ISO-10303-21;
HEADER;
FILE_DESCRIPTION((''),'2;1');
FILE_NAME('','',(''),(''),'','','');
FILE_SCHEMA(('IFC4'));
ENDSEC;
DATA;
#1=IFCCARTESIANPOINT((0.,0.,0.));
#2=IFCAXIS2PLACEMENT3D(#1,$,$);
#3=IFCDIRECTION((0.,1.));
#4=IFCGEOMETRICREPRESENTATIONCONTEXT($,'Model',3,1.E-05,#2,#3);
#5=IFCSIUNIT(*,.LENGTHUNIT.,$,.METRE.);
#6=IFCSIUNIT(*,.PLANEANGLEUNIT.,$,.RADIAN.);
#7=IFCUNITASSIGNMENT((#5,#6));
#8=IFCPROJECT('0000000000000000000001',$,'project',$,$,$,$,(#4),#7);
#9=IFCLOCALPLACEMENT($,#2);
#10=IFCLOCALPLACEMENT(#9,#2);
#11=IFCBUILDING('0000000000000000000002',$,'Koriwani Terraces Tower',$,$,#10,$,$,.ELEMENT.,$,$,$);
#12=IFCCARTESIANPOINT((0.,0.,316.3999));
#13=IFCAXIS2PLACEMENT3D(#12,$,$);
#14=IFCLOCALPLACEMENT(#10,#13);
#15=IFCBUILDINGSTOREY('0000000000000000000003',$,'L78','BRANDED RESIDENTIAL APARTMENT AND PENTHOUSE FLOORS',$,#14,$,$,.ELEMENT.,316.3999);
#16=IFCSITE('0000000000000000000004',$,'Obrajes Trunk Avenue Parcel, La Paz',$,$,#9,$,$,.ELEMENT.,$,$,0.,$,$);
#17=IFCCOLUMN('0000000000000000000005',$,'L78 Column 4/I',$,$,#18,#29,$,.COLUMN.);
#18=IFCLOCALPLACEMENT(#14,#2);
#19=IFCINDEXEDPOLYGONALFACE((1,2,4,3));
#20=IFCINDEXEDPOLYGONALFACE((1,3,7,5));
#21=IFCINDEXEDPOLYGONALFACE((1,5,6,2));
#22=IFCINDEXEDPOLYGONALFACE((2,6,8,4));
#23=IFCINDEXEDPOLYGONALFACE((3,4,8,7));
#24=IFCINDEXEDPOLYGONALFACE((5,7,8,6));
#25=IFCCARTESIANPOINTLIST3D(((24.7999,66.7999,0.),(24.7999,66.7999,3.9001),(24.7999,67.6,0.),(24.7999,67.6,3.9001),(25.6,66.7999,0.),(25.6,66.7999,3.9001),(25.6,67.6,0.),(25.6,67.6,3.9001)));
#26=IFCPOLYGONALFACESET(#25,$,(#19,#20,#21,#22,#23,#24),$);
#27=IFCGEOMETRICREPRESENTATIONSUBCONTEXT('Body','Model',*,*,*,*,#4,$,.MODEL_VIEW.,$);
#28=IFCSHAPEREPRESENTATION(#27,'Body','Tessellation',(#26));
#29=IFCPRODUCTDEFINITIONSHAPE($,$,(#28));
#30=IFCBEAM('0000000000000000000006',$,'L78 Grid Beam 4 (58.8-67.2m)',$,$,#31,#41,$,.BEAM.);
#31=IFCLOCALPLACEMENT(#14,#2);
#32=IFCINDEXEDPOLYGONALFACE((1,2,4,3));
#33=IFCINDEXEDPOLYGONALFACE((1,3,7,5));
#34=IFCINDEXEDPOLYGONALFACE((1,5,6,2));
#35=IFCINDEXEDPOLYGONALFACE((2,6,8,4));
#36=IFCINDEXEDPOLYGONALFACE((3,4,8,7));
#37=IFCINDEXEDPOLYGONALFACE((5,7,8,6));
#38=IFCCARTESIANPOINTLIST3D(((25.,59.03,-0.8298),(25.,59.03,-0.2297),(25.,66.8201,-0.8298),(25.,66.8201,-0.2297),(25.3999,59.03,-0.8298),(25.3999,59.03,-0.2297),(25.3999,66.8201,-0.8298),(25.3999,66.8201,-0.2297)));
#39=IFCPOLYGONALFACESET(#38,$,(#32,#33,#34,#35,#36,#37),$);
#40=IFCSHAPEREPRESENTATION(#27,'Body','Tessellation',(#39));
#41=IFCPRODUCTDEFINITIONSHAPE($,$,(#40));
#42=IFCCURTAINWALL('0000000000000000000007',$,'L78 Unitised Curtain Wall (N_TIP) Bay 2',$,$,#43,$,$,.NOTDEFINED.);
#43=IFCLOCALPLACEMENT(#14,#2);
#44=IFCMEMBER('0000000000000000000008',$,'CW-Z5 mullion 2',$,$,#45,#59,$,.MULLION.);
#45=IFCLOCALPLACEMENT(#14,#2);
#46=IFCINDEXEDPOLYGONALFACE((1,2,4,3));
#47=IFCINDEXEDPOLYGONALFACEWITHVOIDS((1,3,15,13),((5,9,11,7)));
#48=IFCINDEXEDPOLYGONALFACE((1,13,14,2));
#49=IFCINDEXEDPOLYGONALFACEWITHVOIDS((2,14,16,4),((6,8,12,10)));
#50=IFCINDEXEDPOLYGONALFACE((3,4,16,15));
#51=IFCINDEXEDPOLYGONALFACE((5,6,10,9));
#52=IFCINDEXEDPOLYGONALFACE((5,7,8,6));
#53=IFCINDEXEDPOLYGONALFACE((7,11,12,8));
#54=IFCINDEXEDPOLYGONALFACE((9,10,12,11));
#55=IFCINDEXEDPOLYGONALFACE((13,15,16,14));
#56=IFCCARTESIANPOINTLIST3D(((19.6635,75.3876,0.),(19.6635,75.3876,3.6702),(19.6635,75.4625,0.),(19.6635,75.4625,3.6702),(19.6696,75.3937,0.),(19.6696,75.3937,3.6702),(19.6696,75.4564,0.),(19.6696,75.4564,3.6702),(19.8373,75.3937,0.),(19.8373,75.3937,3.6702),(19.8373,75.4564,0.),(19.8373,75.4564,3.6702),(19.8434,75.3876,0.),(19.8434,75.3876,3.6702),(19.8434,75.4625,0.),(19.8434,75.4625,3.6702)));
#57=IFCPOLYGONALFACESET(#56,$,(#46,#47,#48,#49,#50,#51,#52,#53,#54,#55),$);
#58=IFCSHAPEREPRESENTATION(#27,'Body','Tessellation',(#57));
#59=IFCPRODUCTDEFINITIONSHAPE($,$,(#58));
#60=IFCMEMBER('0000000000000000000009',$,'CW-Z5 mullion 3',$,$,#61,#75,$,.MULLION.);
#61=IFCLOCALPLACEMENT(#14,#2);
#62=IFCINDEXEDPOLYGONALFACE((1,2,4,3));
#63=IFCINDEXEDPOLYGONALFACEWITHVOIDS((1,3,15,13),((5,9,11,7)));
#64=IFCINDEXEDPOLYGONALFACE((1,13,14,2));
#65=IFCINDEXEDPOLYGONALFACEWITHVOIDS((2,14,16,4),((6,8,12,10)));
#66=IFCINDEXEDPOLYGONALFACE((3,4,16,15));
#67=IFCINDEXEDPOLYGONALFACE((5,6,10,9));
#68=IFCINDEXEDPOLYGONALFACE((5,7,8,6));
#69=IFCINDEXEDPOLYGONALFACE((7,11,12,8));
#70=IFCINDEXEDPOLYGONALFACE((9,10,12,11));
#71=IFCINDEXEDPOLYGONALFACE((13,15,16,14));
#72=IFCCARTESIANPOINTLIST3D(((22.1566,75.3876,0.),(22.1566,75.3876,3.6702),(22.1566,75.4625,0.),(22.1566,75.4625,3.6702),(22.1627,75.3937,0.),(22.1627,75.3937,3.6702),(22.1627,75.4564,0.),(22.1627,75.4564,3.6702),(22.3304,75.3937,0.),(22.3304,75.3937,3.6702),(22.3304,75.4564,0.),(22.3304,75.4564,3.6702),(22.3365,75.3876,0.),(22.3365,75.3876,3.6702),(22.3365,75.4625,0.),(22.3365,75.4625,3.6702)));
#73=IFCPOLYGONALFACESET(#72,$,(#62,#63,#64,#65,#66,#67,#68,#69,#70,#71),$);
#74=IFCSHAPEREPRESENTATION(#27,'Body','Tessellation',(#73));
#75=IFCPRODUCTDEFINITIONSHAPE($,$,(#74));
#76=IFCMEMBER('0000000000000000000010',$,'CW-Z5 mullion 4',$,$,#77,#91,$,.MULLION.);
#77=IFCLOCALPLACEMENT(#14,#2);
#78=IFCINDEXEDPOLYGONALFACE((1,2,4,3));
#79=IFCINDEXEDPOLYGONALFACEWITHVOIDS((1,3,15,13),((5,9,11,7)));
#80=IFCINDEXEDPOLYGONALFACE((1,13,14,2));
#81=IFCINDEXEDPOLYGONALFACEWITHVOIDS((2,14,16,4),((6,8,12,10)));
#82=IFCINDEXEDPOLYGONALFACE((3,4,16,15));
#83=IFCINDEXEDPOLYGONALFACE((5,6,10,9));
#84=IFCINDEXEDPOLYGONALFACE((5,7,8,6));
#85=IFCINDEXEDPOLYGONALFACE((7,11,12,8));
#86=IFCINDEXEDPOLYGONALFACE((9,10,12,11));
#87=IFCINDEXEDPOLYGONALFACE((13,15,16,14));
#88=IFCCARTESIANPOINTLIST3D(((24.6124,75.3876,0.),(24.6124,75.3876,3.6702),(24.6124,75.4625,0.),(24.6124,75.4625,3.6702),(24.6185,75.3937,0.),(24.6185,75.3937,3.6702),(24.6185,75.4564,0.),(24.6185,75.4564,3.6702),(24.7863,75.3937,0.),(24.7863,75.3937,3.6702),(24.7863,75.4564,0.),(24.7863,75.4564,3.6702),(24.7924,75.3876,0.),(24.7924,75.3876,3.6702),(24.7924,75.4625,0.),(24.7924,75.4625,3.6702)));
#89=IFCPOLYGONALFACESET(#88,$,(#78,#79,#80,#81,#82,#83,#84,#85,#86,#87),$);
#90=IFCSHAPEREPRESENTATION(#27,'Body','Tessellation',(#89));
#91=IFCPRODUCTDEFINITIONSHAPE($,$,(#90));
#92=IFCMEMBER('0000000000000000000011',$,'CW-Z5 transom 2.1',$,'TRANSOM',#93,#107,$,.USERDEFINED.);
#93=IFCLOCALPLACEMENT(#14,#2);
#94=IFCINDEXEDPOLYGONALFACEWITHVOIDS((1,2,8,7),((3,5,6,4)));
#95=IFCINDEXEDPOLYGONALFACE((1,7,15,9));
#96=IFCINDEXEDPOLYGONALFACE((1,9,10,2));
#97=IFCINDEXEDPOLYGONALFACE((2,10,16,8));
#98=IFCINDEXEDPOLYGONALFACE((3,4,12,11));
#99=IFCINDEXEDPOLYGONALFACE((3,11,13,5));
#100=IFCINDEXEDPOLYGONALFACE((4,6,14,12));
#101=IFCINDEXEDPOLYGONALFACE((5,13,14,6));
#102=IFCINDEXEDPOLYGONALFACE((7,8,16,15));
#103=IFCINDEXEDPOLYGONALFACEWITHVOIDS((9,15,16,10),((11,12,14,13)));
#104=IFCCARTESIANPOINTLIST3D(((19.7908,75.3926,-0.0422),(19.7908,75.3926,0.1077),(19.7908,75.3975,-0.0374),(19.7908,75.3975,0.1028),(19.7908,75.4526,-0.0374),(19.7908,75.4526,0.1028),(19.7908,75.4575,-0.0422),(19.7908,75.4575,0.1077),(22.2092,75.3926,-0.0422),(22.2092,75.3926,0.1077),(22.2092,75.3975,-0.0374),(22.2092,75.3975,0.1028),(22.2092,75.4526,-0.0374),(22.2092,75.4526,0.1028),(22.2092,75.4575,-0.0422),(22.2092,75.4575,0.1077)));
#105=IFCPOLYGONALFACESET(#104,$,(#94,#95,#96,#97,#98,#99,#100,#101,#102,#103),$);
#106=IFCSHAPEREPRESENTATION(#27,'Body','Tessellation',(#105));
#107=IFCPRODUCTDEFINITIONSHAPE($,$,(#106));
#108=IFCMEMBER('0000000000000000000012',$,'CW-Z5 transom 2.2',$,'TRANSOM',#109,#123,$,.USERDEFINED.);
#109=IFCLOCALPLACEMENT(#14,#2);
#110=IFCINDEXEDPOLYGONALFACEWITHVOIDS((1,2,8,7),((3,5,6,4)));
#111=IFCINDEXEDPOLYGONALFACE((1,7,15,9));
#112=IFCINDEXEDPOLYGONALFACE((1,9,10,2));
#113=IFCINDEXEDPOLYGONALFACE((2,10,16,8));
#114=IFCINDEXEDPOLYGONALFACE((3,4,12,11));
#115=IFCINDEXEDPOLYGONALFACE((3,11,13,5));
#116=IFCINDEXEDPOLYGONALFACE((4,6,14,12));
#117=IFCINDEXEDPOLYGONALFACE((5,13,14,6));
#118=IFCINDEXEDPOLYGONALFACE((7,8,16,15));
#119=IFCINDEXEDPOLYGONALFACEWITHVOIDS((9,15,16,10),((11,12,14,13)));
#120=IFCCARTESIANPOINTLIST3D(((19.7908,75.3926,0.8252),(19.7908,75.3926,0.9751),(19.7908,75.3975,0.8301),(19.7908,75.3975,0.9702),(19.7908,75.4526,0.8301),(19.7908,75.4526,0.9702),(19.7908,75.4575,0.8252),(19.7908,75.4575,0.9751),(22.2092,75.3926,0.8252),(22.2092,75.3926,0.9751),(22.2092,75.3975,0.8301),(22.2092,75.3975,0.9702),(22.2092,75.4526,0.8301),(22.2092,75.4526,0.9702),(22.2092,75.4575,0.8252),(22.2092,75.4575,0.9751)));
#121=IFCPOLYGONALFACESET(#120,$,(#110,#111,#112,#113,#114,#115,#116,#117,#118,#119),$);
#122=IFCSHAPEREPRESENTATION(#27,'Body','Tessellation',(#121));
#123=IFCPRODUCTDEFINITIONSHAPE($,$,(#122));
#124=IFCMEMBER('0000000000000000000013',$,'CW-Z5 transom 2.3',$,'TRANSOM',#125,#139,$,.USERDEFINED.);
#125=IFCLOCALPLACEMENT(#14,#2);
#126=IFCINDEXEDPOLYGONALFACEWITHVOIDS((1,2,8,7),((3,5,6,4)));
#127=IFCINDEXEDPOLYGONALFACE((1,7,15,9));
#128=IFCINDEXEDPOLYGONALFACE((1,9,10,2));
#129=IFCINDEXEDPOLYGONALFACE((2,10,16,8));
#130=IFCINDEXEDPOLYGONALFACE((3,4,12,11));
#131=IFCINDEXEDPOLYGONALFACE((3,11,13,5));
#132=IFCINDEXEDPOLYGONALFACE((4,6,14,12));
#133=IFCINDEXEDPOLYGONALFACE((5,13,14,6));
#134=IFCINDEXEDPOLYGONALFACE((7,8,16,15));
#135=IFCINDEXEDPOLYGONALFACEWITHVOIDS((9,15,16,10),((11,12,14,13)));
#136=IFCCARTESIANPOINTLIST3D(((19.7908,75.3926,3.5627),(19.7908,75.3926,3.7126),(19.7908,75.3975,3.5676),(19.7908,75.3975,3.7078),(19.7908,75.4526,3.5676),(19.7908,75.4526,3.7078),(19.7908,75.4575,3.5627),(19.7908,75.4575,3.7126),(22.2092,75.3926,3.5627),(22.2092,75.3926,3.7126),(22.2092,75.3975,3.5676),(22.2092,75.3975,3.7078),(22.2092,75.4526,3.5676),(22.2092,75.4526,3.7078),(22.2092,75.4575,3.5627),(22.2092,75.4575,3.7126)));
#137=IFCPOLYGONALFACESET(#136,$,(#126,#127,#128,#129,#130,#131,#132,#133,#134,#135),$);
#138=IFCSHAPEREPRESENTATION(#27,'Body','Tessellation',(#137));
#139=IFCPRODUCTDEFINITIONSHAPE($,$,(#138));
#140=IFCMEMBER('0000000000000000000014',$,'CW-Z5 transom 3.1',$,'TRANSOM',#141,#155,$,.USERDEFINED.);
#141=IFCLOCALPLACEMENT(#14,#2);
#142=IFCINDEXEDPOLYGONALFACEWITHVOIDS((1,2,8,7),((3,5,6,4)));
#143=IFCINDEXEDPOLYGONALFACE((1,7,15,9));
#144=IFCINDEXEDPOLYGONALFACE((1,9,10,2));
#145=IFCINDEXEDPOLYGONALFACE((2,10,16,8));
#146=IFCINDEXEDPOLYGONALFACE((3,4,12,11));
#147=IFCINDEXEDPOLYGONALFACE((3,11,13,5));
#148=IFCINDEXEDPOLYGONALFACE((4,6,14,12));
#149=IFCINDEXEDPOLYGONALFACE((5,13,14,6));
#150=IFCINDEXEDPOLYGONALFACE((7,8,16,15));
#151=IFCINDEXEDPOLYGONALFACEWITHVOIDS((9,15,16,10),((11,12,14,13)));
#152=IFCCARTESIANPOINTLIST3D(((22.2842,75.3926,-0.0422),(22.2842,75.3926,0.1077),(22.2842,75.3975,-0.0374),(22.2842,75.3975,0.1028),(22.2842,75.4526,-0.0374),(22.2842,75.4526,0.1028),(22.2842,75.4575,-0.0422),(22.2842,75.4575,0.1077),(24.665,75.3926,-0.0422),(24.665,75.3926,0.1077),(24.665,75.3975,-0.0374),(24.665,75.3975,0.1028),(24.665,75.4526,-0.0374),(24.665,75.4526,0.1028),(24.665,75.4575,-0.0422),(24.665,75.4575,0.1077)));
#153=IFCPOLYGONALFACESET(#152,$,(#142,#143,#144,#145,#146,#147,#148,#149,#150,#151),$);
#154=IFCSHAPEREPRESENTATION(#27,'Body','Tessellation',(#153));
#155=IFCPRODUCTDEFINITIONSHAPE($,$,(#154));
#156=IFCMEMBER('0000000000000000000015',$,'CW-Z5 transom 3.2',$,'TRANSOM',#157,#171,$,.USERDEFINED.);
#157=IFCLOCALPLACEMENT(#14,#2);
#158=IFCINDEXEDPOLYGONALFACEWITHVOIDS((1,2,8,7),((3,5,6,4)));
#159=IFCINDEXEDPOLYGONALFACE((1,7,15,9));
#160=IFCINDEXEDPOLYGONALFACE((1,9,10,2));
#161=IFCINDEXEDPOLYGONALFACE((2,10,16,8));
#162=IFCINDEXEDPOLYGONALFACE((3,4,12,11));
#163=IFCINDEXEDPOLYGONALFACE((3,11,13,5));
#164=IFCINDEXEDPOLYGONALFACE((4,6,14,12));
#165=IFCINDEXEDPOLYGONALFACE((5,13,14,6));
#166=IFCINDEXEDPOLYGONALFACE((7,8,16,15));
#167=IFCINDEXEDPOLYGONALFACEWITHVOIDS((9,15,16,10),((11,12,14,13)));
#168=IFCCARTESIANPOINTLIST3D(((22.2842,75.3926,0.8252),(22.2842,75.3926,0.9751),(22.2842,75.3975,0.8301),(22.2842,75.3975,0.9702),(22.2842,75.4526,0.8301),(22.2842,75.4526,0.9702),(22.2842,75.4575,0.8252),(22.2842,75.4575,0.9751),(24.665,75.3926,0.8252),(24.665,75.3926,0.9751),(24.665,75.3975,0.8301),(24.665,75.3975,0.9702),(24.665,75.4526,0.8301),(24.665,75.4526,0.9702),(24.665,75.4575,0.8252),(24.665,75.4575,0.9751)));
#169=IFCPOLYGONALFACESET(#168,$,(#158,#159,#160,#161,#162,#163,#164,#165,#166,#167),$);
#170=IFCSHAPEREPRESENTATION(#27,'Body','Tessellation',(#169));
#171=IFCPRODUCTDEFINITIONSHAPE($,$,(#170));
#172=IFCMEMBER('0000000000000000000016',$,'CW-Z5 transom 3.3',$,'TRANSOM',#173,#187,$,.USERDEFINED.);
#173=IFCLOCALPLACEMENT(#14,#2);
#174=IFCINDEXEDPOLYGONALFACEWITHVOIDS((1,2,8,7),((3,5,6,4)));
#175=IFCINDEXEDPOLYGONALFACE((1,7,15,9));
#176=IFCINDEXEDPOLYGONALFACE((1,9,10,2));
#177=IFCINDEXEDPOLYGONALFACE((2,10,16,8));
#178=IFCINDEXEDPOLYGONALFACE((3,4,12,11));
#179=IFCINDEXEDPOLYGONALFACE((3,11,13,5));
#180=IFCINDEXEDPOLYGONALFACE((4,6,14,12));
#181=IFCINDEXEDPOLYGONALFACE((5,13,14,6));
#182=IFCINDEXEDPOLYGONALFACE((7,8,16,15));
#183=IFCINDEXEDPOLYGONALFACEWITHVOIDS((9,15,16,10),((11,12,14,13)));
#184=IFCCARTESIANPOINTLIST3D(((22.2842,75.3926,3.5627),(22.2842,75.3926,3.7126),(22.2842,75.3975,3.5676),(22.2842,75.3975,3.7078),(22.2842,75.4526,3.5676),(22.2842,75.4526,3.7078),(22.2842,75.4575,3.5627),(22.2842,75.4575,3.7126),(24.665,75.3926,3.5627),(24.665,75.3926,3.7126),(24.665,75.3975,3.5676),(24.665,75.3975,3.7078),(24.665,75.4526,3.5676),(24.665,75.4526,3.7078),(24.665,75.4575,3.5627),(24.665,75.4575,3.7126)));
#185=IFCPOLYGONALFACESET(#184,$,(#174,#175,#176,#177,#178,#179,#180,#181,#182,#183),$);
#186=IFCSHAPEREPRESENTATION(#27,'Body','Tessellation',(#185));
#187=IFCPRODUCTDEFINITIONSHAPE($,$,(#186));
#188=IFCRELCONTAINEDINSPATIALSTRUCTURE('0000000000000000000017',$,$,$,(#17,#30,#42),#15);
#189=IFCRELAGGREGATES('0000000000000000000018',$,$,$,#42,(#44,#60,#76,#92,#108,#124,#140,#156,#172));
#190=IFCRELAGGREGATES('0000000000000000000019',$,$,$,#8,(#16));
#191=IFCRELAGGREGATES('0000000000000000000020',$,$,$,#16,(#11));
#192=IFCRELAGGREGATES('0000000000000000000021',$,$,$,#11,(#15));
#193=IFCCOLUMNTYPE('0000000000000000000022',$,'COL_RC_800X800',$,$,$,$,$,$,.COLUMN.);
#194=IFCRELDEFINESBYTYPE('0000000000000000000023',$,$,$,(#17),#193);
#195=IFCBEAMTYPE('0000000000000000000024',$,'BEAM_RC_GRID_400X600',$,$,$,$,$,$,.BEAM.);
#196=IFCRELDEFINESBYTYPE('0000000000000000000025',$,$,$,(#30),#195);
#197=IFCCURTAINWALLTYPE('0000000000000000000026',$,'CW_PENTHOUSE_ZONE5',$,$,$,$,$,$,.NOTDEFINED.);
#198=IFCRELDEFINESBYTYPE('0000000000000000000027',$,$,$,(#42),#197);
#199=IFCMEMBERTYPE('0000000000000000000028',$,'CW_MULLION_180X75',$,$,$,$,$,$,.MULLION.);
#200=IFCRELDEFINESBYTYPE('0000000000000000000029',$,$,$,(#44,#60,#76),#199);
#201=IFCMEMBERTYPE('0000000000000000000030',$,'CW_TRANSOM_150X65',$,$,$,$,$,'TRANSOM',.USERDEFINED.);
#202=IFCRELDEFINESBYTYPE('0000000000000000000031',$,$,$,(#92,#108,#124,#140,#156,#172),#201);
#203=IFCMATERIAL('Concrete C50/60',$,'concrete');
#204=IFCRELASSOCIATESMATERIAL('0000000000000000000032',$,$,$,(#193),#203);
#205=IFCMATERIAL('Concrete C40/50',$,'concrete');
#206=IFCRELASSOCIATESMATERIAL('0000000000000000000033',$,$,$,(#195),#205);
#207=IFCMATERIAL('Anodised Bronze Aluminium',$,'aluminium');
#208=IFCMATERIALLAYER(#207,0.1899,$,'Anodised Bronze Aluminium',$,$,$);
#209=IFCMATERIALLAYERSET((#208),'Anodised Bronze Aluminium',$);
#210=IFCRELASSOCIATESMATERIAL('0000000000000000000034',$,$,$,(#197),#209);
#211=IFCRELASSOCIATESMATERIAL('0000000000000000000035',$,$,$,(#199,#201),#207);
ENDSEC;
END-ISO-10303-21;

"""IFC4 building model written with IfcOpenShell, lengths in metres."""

from ifc_helpers import new_model, si_unit, direction, frame, origin, origin_2d, place, context, subcontext, project, spatial, rectangle, hollow_rectangle, extrude, material, layer, layer_set, material_profile, profile_set, type_object, element, aggregate, save


model = new_model("IFC4")

# Units and contexts
model_context = context("Model", 3, precision=1e-05, world=origin(), true_north=direction((0.0, 1.0)))
body_context = subcontext(model_context, "Body", "Model", "MODEL_VIEW")
ifc_project = project(units=[si_unit("LENGTHUNIT", "METRE"), si_unit("PLANEANGLEUNIT", "RADIAN")], contexts=[model_context])

# Site, building, storey
site_placement = place(None, origin())
site = spatial("IfcSite", under=ifc_project, at=site_placement, Name="Obrajes Trunk Avenue Parcel, La Paz", CompositionType="ELEMENT", RefElevation=0.0)
building_placement = place(site_placement, origin())
building = spatial("IfcBuilding", under=site, at=building_placement, Name="Koriwani Terraces Tower", CompositionType="ELEMENT")
storey_placement = place(building_placement, frame((0.0, 0.0, 316.3999)))
storey = spatial("IfcBuildingStorey", under=building, at=storey_placement, Name="L78", Description="BRANDED RESIDENTIAL APARTMENT AND PENTHOUSE FLOORS", CompositionType="ELEMENT", Elevation=316.3999)

# Column
ifc_material_1 = material(Name="Concrete C50/60", Category="concrete")
ifc_material_profile_1 = material_profile(ifc_material_1, rectangle(XDim=0.8, YDim=0.8, at=origin_2d()), Name="Concrete C50/60", Category="LoadBearing")
ifc_profile_set_1 = profile_set([ifc_material_profile_1], Name="Concrete C50/60")
column_type = type_object("IfcColumnType", Name="COL_RC_800X800", PredefinedType="COLUMN", material=ifc_profile_set_1)
column_placement = place(storey_placement, frame((25.2, 67.2, 0.0), z_axis=(0.0, 0.0, 1.0), x_axis=(1.0, 0.0, 0.0)))
element("IfcColumn", 1, at=column_placement, inside=storey, type_object=column_type, Name="L78 Column 4/I", PredefinedType="COLUMN", context=body_context, shape_type="SweptSolid", body=[
    extrude(rectangle(XDim=0.8, YDim=0.8, at=origin_2d()), origin(), (0.0, 0.0, 1.0), 3.9001),
])

# Beam
ifc_material_2 = material(Name="Concrete C40/50", Category="concrete")
ifc_material_profile_2 = material_profile(ifc_material_2, rectangle(XDim=0.3999, YDim=0.6001, at=origin_2d()), Name="Concrete C40/50", Category="LoadBearing")
ifc_profile_set_2 = profile_set([ifc_material_profile_2], Name="Concrete C40/50")
beam_type = type_object("IfcBeamType", Name="BEAM_RC_GRID_400X600", PredefinedType="BEAM", material=ifc_profile_set_2)
beam_placement = place(storey_placement, frame((25.2, 59.03, -0.5298), z_axis=(0.0, 1.0, 0.0), x_axis=(-1.0, 0.0, 0.0)))
element("IfcBeam", 2, at=beam_placement, inside=storey, type_object=beam_type, Name="L78 Grid Beam 4 (58.8-67.2m)", PredefinedType="BEAM", context=body_context, shape_type="SweptSolid", body=[
    extrude(rectangle(XDim=0.3999, YDim=0.6001, at=origin_2d()), origin(), (0.0, 0.0, 1.0), 7.79),
])

# Curtain wall, members
ifc_material_3 = material(Name="Anodised Bronze Aluminium", Category="aluminium")
ifc_layer_1 = layer(ifc_material_3, 0.1899, Name="Anodised Bronze Aluminium")
ifc_layer_set_1 = layer_set([ifc_layer_1], Name="Anodised Bronze Aluminium")
curtain_wall_type = type_object("IfcCurtainWallType", Name="CW_PENTHOUSE_ZONE5", PredefinedType="NOTDEFINED", material=ifc_layer_set_1)
curtain_wall_placement = place(storey_placement, origin())
curtain_wall = element("IfcCurtainWall", 3, at=curtain_wall_placement, inside=storey, type_object=curtain_wall_type, Name="L78 Unitised Curtain Wall (N_TIP) Bay 2", PredefinedType="NOTDEFINED")
ifc_material_profile_3 = material_profile(ifc_material_3, hollow_rectangle(XDim=0.075, YDim=0.1799, WallThickness=0.0061, at=origin_2d()), Name="Anodised Bronze Aluminium", Category="LoadBearing")
ifc_profile_set_3 = profile_set([ifc_material_profile_3], Name="Anodised Bronze Aluminium")
member_type_1 = type_object("IfcMemberType", Name="CW_MULLION_180X75", PredefinedType="MULLION", material=ifc_profile_set_3)
member_1_placement = place(storey_placement, frame((19.7534, 75.425, 0.0), z_axis=(0.0, 0.0, 1.0), x_axis=(0.0, 1.0, 0.0)))
member_1 = element("IfcMember", 4, at=member_1_placement, type_object=member_type_1, Name="CW-Z5 mullion 2", PredefinedType="MULLION", context=body_context, shape_type="SweptSolid", body=[
    extrude(hollow_rectangle(XDim=0.075, YDim=0.1799, WallThickness=0.0061, at=origin_2d()), origin(), (0.0, 0.0, 1.0), 3.6702),
])
member_2_placement = place(storey_placement, frame((22.2466, 75.425, 0.0), z_axis=(0.0, 0.0, 1.0), x_axis=(0.0, 1.0, 0.0)))
member_2 = element("IfcMember", 5, at=member_2_placement, type_object=member_type_1, Name="CW-Z5 mullion 3", PredefinedType="MULLION", context=body_context, shape_type="SweptSolid", body=[
    extrude(hollow_rectangle(XDim=0.075, YDim=0.1799, WallThickness=0.0061, at=origin_2d()), origin(), (0.0, 0.0, 1.0), 3.6702),
])
member_3_placement = place(storey_placement, frame((24.7024, 75.425, 0.0), z_axis=(0.0, 0.0, 1.0), x_axis=(0.0, 1.0, 0.0)))
member_3 = element("IfcMember", 6, at=member_3_placement, type_object=member_type_1, Name="CW-Z5 mullion 4", PredefinedType="MULLION", context=body_context, shape_type="SweptSolid", body=[
    extrude(hollow_rectangle(XDim=0.075, YDim=0.1799, WallThickness=0.0061, at=origin_2d()), origin(), (0.0, 0.0, 1.0), 3.6702),
])
ifc_material_profile_4 = material_profile(ifc_material_3, hollow_rectangle(XDim=0.0649, YDim=0.1499, WallThickness=0.0049, at=origin_2d()), Name="Anodised Bronze Aluminium", Category="LoadBearing")
ifc_profile_set_4 = profile_set([ifc_material_profile_4], Name="Anodised Bronze Aluminium")
member_type_2 = type_object("IfcMemberType", Name="CW_TRANSOM_150X65", ElementType="TRANSOM", PredefinedType="USERDEFINED", material=ifc_profile_set_4)
member_4_placement = place(storey_placement, frame((19.7908, 75.425, 0.0327), z_axis=(1.0, 0.0, 0.0), x_axis=(0.0, 1.0, 0.0)))
member_4 = element("IfcMember", 7, at=member_4_placement, type_object=member_type_2, Name="CW-Z5 transom 2.1", ObjectType="TRANSOM", PredefinedType="USERDEFINED", context=body_context, shape_type="SweptSolid", body=[
    extrude(hollow_rectangle(XDim=0.0649, YDim=0.1499, WallThickness=0.0049, at=origin_2d()), origin(), (0.0, 0.0, 1.0), 2.4185),
])
member_5_placement = place(storey_placement, frame((19.7908, 75.425, 0.9001), z_axis=(1.0, 0.0, 0.0), x_axis=(0.0, 1.0, 0.0)))
member_5 = element("IfcMember", 8, at=member_5_placement, type_object=member_type_2, Name="CW-Z5 transom 2.2", ObjectType="TRANSOM", PredefinedType="USERDEFINED", context=body_context, shape_type="SweptSolid", body=[
    extrude(hollow_rectangle(XDim=0.0649, YDim=0.1499, WallThickness=0.0049, at=origin_2d()), origin(), (0.0, 0.0, 1.0), 2.4185),
])
member_6_placement = place(storey_placement, frame((19.7908, 75.425, 3.6377), z_axis=(1.0, 0.0, 0.0), x_axis=(0.0, 1.0, 0.0)))
member_6 = element("IfcMember", 9, at=member_6_placement, type_object=member_type_2, Name="CW-Z5 transom 2.3", ObjectType="TRANSOM", PredefinedType="USERDEFINED", context=body_context, shape_type="SweptSolid", body=[
    extrude(hollow_rectangle(XDim=0.0649, YDim=0.1499, WallThickness=0.0049, at=origin_2d()), origin(), (0.0, 0.0, 1.0), 2.4185),
])
member_7_placement = place(storey_placement, frame((22.2842, 75.425, 0.0327), z_axis=(1.0, 0.0, 0.0), x_axis=(0.0, 1.0, 0.0)))
member_7 = element("IfcMember", 10, at=member_7_placement, type_object=member_type_2, Name="CW-Z5 transom 3.1", ObjectType="TRANSOM", PredefinedType="USERDEFINED", context=body_context, shape_type="SweptSolid", body=[
    extrude(hollow_rectangle(XDim=0.0649, YDim=0.1499, WallThickness=0.0049, at=origin_2d()), origin(), (0.0, 0.0, 1.0), 2.3809),
])
member_8_placement = place(storey_placement, frame((22.2842, 75.425, 0.9001), z_axis=(1.0, 0.0, 0.0), x_axis=(0.0, 1.0, 0.0)))
member_8 = element("IfcMember", 11, at=member_8_placement, type_object=member_type_2, Name="CW-Z5 transom 3.2", ObjectType="TRANSOM", PredefinedType="USERDEFINED", context=body_context, shape_type="SweptSolid", body=[
    extrude(hollow_rectangle(XDim=0.0649, YDim=0.1499, WallThickness=0.0049, at=origin_2d()), origin(), (0.0, 0.0, 1.0), 2.3809),
])
member_9_placement = place(storey_placement, frame((22.2842, 75.425, 3.6377), z_axis=(1.0, 0.0, 0.0), x_axis=(0.0, 1.0, 0.0)))
member_9 = element("IfcMember", 12, at=member_9_placement, type_object=member_type_2, Name="CW-Z5 transom 3.3", ObjectType="TRANSOM", PredefinedType="USERDEFINED", context=body_context, shape_type="SweptSolid", body=[
    extrude(hollow_rectangle(XDim=0.0649, YDim=0.1499, WallThickness=0.0049, at=origin_2d()), origin(), (0.0, 0.0, 1.0), 2.3809),
])
aggregate(curtain_wall, [member_1, member_2, member_3, member_4, member_5, member_6, member_7, member_8, member_9])

save(model, "model.ifc")
